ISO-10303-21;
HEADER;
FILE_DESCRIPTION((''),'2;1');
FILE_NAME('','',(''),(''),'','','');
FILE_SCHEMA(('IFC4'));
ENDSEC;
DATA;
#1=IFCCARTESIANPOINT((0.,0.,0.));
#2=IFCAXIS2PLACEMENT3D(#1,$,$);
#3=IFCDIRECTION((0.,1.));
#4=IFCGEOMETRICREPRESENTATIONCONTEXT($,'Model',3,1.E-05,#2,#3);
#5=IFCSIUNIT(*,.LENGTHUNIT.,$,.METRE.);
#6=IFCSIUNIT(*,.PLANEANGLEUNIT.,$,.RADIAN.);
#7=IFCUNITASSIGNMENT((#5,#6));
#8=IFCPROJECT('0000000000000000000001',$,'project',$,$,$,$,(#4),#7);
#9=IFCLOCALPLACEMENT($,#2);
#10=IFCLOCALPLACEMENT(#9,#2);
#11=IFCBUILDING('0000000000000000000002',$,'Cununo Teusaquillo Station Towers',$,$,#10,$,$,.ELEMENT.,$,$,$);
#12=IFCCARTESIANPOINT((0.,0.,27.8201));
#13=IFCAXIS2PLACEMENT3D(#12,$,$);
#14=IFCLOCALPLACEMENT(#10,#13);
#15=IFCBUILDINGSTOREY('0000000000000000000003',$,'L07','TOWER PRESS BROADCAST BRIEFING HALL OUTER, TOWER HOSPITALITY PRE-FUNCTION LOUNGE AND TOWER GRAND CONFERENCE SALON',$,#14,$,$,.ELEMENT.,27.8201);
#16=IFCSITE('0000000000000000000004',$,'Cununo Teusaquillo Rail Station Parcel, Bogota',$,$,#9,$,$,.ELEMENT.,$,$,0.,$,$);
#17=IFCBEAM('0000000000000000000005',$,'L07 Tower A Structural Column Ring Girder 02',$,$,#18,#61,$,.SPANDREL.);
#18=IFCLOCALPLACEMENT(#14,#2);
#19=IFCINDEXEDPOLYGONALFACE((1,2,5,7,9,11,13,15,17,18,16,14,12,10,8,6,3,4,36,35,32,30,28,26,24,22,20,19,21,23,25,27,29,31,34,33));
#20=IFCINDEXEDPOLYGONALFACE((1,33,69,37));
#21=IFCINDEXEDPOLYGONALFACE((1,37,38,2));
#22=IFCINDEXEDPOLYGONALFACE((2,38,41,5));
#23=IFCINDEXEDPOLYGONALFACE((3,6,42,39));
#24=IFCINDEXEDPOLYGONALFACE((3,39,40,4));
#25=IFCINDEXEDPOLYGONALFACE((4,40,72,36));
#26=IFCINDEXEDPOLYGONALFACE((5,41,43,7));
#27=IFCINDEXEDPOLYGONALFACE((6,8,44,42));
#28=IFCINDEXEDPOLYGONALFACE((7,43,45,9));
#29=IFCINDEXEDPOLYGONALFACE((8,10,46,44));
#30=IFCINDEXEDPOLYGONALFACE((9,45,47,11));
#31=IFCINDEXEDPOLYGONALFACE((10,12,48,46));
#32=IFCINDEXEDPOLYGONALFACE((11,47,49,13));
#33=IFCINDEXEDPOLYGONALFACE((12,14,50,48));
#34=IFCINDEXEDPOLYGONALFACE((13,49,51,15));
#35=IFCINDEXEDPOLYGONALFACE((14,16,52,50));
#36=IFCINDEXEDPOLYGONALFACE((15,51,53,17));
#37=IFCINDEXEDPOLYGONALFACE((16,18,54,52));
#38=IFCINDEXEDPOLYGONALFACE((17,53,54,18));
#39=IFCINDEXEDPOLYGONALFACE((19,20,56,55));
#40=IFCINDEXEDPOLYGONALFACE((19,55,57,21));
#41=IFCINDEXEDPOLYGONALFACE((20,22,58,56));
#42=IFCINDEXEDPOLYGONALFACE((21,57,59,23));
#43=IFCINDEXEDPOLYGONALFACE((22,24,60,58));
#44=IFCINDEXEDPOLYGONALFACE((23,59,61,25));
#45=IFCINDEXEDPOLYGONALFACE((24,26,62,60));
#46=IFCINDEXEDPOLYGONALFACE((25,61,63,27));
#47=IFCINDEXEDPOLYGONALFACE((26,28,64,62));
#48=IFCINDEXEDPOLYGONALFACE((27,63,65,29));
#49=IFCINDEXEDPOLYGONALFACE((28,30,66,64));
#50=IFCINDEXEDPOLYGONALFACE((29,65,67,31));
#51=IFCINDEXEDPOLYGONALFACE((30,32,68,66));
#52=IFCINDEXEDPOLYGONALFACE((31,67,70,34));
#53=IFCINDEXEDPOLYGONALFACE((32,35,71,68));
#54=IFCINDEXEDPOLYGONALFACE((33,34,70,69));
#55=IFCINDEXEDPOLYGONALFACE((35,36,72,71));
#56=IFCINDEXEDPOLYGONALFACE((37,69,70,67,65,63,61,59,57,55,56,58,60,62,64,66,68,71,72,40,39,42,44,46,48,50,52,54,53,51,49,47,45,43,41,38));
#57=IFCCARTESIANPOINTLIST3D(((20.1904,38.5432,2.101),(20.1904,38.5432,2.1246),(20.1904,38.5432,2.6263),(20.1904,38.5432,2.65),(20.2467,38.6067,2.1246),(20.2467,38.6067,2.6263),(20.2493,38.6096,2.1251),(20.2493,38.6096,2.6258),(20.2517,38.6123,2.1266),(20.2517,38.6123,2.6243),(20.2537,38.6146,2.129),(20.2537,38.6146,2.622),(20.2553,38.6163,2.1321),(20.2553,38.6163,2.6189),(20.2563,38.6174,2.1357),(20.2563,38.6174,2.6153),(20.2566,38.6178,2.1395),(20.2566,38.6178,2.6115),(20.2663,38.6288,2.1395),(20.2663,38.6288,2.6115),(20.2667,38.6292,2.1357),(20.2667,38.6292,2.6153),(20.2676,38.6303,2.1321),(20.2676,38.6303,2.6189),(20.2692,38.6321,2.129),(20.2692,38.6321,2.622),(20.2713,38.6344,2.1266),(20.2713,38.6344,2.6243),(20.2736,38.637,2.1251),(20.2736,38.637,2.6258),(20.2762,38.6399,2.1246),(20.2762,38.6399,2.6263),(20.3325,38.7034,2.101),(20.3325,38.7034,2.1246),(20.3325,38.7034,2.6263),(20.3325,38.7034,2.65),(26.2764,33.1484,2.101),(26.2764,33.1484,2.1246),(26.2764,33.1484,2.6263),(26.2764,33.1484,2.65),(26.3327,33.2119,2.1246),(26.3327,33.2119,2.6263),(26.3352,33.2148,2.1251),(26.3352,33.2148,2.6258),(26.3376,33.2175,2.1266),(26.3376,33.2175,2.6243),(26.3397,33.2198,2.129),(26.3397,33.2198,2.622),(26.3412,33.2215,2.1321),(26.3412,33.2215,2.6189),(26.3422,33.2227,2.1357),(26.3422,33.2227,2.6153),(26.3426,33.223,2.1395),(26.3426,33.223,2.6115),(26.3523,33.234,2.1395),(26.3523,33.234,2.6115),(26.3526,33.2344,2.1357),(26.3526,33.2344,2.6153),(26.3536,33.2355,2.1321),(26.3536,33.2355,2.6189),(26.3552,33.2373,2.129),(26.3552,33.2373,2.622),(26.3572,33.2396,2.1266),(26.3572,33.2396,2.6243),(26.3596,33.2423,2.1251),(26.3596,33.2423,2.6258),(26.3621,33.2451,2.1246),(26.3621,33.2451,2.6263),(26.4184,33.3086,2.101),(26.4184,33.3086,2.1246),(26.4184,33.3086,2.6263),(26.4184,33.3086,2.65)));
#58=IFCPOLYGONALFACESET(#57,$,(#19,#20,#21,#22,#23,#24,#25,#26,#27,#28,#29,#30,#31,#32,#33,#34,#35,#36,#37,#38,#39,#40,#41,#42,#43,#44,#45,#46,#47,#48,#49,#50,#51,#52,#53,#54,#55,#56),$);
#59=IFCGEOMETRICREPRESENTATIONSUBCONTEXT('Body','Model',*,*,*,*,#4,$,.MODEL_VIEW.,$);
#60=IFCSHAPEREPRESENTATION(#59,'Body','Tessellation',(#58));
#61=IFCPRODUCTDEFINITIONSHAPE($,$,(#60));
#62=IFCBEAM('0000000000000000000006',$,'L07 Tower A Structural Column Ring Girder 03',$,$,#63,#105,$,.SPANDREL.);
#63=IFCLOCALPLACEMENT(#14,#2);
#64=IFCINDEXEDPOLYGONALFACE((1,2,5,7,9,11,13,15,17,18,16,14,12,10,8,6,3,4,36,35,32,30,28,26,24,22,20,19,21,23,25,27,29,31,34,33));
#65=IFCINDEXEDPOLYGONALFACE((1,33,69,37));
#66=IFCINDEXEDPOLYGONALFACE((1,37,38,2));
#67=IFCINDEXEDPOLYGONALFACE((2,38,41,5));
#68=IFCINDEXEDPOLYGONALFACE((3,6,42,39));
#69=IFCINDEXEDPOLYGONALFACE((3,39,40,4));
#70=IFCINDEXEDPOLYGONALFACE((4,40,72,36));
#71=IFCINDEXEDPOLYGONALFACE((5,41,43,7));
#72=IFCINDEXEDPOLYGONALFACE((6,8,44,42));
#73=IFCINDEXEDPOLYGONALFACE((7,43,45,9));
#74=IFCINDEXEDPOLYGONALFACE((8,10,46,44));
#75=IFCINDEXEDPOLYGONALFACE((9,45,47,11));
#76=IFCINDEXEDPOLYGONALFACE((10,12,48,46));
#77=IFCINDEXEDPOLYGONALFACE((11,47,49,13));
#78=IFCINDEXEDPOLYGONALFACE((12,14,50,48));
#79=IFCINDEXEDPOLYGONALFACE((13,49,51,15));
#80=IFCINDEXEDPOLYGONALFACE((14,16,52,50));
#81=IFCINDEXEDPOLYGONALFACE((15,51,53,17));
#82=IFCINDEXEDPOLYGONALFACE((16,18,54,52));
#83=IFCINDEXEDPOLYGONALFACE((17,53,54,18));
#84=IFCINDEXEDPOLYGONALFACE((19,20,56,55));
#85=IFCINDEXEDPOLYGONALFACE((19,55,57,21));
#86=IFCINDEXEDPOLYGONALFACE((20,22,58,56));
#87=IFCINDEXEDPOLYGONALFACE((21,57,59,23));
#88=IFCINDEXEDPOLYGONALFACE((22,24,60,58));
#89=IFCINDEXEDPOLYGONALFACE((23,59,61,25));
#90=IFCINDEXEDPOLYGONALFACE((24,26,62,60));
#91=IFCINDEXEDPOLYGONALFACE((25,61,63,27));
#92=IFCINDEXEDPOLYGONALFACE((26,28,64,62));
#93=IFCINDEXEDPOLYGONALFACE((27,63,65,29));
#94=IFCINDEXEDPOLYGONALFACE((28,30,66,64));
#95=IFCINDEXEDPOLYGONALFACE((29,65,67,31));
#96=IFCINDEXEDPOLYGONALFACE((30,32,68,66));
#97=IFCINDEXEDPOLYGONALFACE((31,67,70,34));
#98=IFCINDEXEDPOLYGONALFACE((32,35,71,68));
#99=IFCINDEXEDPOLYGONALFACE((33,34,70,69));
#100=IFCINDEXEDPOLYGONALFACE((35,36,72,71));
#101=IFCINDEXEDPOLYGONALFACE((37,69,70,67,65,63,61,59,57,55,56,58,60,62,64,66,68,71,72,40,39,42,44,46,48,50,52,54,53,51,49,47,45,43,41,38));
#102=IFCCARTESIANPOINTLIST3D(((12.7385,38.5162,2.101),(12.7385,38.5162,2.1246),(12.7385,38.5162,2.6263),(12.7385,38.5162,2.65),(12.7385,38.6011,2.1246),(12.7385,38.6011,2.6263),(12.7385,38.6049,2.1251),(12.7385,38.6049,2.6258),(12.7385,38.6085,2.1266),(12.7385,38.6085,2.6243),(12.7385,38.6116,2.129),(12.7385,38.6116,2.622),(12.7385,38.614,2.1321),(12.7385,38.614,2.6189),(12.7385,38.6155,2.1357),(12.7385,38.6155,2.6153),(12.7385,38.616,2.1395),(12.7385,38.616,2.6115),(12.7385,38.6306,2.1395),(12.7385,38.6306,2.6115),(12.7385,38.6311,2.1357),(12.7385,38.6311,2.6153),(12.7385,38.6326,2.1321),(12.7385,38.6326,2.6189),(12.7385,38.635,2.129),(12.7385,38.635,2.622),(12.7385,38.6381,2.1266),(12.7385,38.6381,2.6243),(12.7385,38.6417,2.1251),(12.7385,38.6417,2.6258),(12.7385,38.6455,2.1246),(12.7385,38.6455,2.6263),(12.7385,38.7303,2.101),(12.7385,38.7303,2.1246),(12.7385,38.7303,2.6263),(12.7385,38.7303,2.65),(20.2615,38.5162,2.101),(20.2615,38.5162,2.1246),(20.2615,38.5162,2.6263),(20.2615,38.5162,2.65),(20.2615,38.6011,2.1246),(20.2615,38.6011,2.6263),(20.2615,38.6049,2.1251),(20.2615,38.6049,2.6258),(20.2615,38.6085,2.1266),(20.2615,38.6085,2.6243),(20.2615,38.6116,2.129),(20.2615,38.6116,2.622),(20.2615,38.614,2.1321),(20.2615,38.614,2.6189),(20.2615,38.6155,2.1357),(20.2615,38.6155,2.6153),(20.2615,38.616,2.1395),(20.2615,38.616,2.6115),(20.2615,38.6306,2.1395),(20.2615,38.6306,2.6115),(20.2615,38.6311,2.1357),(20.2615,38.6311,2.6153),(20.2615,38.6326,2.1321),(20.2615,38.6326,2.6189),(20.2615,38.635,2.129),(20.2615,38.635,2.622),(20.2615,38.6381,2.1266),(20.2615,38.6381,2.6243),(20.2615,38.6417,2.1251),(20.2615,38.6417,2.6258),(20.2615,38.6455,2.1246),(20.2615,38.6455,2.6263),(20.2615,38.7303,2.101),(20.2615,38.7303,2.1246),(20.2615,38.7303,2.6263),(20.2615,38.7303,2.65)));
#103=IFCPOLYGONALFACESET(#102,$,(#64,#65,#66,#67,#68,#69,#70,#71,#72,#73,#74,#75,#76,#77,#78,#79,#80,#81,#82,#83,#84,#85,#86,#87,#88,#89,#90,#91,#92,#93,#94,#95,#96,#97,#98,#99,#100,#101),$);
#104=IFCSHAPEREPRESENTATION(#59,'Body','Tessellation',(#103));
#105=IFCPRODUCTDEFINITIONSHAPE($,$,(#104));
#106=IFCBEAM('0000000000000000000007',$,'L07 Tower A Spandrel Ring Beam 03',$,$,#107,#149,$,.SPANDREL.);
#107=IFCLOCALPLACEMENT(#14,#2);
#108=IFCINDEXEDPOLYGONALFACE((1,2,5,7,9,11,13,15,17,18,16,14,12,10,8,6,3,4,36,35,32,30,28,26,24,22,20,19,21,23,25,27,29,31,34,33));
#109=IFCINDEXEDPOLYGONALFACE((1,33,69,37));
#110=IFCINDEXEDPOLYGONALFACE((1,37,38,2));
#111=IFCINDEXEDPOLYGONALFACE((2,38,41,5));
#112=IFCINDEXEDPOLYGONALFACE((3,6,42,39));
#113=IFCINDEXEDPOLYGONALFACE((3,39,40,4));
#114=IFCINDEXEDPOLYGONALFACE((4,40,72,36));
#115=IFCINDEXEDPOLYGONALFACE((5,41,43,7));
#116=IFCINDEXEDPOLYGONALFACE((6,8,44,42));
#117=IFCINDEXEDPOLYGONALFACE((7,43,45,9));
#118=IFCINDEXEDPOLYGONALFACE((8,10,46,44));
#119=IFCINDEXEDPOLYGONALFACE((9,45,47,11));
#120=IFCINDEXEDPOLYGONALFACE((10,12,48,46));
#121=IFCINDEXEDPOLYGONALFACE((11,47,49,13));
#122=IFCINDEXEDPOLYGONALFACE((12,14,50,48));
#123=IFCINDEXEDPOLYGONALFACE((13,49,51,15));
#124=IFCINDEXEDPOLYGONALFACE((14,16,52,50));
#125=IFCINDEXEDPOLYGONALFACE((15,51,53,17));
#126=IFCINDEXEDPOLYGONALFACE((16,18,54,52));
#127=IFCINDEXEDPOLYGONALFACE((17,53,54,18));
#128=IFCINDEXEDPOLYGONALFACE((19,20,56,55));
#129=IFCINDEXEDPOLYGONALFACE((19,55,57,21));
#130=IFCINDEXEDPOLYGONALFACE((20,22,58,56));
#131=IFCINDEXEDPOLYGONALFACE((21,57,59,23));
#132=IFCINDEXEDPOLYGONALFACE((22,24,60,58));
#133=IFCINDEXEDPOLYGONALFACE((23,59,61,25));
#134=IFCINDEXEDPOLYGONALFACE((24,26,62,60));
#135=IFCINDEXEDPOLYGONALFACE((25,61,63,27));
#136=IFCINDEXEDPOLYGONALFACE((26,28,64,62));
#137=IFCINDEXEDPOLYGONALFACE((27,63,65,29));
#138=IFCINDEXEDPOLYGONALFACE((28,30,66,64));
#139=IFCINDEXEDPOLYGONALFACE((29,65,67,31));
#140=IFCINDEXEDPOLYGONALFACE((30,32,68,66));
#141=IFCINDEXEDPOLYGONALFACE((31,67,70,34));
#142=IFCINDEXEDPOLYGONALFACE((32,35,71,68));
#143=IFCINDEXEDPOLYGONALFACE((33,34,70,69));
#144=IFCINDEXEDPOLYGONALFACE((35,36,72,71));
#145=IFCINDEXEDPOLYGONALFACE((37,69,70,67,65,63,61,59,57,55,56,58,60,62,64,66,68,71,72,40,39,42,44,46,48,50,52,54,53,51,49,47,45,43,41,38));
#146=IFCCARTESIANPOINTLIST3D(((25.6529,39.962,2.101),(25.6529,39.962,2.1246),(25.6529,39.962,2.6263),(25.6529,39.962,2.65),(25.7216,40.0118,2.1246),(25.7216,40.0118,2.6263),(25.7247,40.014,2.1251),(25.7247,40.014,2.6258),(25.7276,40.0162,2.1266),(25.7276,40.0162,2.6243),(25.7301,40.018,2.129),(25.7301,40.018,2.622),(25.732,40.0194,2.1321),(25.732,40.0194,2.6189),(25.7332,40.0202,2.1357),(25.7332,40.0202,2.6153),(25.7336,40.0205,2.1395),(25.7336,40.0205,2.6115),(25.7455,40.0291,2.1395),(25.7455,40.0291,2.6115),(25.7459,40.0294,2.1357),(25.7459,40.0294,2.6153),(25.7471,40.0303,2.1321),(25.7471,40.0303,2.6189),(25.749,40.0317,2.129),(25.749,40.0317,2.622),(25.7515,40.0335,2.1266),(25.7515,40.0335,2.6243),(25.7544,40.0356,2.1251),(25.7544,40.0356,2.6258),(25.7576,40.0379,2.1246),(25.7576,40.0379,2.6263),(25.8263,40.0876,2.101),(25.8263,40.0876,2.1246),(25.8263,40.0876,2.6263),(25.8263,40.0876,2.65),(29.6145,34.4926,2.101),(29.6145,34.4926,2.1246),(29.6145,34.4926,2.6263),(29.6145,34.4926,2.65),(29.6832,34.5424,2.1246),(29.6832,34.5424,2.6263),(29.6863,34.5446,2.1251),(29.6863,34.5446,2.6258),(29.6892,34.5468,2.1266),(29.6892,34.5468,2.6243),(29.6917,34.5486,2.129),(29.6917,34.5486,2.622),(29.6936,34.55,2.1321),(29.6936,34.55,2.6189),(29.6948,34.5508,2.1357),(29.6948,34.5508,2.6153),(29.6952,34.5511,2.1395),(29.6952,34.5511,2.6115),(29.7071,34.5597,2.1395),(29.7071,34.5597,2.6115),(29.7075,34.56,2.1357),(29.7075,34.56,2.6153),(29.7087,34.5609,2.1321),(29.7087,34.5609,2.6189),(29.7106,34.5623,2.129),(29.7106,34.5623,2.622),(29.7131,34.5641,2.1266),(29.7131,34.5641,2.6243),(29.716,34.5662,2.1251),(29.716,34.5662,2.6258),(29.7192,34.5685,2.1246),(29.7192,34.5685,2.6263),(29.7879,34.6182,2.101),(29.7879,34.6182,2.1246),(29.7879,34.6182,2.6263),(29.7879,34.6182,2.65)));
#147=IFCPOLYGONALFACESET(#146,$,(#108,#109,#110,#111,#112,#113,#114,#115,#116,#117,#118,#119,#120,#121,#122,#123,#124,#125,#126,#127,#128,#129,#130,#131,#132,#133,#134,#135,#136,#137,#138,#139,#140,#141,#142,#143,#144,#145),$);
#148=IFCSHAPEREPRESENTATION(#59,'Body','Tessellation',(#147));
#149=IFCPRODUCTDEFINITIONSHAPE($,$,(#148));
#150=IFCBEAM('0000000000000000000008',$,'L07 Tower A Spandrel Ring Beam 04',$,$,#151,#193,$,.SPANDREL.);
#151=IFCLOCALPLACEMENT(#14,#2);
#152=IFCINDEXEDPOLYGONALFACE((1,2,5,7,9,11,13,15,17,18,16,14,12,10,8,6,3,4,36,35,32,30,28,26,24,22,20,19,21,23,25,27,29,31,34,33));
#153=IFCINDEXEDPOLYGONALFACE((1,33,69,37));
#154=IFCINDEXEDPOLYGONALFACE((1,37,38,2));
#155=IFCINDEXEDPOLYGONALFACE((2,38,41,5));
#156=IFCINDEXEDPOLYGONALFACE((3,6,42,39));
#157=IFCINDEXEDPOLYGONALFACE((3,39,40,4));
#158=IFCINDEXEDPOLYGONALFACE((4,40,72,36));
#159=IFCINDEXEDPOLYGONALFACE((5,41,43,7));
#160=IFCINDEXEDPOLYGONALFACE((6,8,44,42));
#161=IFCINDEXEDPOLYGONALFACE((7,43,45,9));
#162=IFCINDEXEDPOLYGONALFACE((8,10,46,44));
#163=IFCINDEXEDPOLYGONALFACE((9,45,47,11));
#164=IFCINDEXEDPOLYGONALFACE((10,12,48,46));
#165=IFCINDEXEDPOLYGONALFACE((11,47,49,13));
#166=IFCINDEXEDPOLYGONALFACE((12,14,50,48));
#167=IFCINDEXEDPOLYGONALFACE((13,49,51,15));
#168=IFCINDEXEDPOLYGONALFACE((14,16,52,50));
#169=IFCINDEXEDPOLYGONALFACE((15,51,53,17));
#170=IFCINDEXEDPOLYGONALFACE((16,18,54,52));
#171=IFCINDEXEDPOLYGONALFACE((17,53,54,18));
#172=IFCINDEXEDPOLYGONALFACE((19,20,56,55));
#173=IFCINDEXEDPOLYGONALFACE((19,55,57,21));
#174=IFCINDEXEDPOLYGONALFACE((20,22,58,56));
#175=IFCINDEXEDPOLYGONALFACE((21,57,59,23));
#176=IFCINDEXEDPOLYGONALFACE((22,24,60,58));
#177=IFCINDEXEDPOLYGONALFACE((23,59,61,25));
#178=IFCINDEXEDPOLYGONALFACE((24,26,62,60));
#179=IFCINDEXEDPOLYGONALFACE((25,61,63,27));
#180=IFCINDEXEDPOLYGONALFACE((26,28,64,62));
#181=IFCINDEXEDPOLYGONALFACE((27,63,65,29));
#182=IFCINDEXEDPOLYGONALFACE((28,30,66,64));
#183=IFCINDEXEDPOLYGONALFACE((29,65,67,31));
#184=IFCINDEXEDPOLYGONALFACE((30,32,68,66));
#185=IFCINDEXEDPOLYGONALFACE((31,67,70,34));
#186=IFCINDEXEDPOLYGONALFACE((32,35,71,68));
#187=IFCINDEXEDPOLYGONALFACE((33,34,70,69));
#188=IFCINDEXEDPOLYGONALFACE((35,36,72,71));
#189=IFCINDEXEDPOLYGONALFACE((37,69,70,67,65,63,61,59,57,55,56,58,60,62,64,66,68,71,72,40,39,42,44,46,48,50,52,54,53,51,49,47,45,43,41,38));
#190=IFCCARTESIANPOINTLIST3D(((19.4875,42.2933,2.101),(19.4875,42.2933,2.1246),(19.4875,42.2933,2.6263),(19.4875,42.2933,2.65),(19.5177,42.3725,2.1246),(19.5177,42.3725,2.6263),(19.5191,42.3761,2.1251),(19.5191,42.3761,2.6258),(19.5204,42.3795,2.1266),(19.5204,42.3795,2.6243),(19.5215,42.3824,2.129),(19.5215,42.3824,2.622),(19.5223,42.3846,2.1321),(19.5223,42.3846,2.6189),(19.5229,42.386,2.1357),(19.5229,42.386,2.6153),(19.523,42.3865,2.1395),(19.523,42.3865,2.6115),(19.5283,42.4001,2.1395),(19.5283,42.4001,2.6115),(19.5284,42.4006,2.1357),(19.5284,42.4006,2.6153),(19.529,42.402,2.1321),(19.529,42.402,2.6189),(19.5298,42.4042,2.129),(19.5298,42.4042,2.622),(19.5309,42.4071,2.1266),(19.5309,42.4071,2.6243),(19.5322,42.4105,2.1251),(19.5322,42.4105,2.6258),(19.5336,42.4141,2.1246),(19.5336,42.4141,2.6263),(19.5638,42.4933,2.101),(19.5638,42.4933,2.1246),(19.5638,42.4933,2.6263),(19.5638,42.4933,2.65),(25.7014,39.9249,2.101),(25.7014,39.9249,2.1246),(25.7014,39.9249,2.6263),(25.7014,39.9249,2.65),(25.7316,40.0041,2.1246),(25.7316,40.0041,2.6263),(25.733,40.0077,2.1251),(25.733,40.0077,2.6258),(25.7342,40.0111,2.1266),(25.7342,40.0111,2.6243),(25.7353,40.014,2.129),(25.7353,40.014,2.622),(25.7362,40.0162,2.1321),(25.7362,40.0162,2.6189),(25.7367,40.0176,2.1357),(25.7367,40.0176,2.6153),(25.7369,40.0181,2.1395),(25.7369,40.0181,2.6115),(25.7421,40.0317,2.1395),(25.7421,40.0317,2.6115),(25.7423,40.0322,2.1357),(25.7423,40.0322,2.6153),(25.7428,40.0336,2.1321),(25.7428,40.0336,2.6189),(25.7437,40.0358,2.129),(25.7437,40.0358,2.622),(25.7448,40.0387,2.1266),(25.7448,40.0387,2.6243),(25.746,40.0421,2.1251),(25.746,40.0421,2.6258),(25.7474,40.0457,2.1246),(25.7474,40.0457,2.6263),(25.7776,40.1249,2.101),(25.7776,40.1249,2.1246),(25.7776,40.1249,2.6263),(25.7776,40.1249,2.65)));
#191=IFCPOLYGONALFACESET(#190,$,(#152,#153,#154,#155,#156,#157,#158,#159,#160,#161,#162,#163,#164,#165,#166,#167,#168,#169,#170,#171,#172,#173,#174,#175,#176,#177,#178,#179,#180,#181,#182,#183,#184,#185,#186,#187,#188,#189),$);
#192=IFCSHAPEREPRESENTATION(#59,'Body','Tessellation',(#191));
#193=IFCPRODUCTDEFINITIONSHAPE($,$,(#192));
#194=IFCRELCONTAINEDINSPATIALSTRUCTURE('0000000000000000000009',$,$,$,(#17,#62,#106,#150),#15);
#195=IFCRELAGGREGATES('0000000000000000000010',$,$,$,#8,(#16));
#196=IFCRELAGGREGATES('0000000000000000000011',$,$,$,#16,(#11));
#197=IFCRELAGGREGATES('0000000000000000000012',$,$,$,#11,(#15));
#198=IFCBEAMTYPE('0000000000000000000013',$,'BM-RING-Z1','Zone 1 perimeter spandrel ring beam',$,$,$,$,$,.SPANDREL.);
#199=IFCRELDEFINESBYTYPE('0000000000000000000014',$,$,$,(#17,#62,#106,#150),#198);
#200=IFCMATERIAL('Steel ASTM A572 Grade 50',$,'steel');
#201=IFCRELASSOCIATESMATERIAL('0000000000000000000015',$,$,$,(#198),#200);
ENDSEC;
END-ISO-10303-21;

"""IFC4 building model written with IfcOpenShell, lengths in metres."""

from ifc_helpers import new_model, si_unit, direction, frame, origin, origin_2d, place, context, subcontext, project, spatial, i_section, extrude, material, material_profile, profile_set, type_object, element, save


model = new_model("IFC4")

# Units and contexts
model_context = context("Model", 3, precision=1e-05, world=origin(), true_north=direction((0.0, 1.0)))
body_context = subcontext(model_context, "Body", "Model", "MODEL_VIEW")
ifc_project = project(units=[si_unit("LENGTHUNIT", "METRE"), si_unit("PLANEANGLEUNIT", "RADIAN")], contexts=[model_context])

# Site, building, storey
site_placement = place(None, origin())
site = spatial("IfcSite", under=ifc_project, at=site_placement, Name="Cununo Teusaquillo Rail Station Parcel, Bogota", CompositionType="ELEMENT", RefElevation=0.0)
building_placement = place(site_placement, origin())
building = spatial("IfcBuilding", under=site, at=building_placement, Name="Cununo Teusaquillo Station Towers", CompositionType="ELEMENT")
storey_placement = place(building_placement, frame((0.0, 0.0, 27.8201)))
storey = spatial("IfcBuildingStorey", under=building, at=storey_placement, Name="L07", Description="TOWER PRESS BROADCAST BRIEFING HALL OUTER, TOWER HOSPITALITY PRE-FUNCTION LOUNGE AND TOWER GRAND CONFERENCE SALON", CompositionType="ELEMENT", Elevation=27.8201)

# Beams
ifc_material_1 = material(Name="Steel ASTM A572 Grade 50", Category="steel")
ifc_material_profile_1 = material_profile(ifc_material_1, i_section(OverallWidth=0.2141, OverallDepth=0.5491, WebThickness=0.0146, FlangeThickness=0.0237, FilletRadius=0.0149, at=origin_2d()), Name="W21X93")
ifc_profile_set_1 = profile_set([ifc_material_profile_1], Name="Steel ASTM A572 Grade 50")
beam_type_1 = type_object("IfcBeamType", Name="BM-RING-Z1", Description="Zone 1 perimeter spandrel ring beam", PredefinedType="SPANDREL", material=ifc_profile_set_1)
beam_1_placement = place(storey_placement, frame((26.3474, 33.2285, 2.3755), z_axis=(-0.748321, 0.663337, 0.0), x_axis=(-0.663337, -0.748321, 0.0)))
element("IfcBeam", 1, at=beam_1_placement, inside=storey, type_object=beam_type_1, Name="L07 Tower A Structural Column Ring Girder 02", PredefinedType="SPANDREL", context=body_context, shape_type="SweptSolid", body=[
    extrude(i_section(OverallWidth=0.2141, OverallDepth=0.5491, WebThickness=0.0146, FlangeThickness=0.0237, FilletRadius=0.0149, at=origin_2d()), origin(), (0.0, 0.0, 1.0), 8.1328),
])
beam_2_placement = place(storey_placement, frame((20.2615, 38.6233, 2.3755), z_axis=(-1.0, 0.0, 0.0), x_axis=(0.0, -1.0, 0.0)))
element("IfcBeam", 2, at=beam_2_placement, inside=storey, type_object=beam_type_1, Name="L07 Tower A Structural Column Ring Girder 03", PredefinedType="SPANDREL", context=body_context, shape_type="SweptSolid", body=[
    extrude(i_section(OverallWidth=0.2141, OverallDepth=0.5491, WebThickness=0.0146, FlangeThickness=0.0237, FilletRadius=0.0149, at=origin_2d()), origin(), (0.0, 0.0, 1.0), 7.5229),
])
beam_3_placement = place(storey_placement, frame((29.7012, 34.5554, 2.3755), z_axis=(-0.586608, 0.809871, 0.0), x_axis=(-0.809871, -0.586608, 0.0)))
element("IfcBeam", 3, at=beam_3_placement, inside=storey, type_object=beam_type_1, Name="L07 Tower A Spandrel Ring Beam 03", PredefinedType="SPANDREL", context=body_context, shape_type="SweptSolid", body=[
    extrude(i_section(OverallWidth=0.2141, OverallDepth=0.5491, WebThickness=0.0146, FlangeThickness=0.0237, FilletRadius=0.0149, at=origin_2d()), origin(), (0.0, 0.0, 1.0), 6.7534),
])
beam_4_placement = place(storey_placement, frame((25.7395, 40.0249, 2.3755), z_axis=(-0.934427, 0.356156, 0.0), x_axis=(-0.356156, -0.934427, 0.0)))
element("IfcBeam", 4, at=beam_4_placement, inside=storey, type_object=beam_type_1, Name="L07 Tower A Spandrel Ring Beam 04", PredefinedType="SPANDREL", context=body_context, shape_type="SweptSolid", body=[
    extrude(i_section(OverallWidth=0.2141, OverallDepth=0.5491, WebThickness=0.0146, FlangeThickness=0.0237, FilletRadius=0.0149, at=origin_2d()), origin(), (0.0, 0.0, 1.0), 6.6499),
])

save(model, "model.ifc")
